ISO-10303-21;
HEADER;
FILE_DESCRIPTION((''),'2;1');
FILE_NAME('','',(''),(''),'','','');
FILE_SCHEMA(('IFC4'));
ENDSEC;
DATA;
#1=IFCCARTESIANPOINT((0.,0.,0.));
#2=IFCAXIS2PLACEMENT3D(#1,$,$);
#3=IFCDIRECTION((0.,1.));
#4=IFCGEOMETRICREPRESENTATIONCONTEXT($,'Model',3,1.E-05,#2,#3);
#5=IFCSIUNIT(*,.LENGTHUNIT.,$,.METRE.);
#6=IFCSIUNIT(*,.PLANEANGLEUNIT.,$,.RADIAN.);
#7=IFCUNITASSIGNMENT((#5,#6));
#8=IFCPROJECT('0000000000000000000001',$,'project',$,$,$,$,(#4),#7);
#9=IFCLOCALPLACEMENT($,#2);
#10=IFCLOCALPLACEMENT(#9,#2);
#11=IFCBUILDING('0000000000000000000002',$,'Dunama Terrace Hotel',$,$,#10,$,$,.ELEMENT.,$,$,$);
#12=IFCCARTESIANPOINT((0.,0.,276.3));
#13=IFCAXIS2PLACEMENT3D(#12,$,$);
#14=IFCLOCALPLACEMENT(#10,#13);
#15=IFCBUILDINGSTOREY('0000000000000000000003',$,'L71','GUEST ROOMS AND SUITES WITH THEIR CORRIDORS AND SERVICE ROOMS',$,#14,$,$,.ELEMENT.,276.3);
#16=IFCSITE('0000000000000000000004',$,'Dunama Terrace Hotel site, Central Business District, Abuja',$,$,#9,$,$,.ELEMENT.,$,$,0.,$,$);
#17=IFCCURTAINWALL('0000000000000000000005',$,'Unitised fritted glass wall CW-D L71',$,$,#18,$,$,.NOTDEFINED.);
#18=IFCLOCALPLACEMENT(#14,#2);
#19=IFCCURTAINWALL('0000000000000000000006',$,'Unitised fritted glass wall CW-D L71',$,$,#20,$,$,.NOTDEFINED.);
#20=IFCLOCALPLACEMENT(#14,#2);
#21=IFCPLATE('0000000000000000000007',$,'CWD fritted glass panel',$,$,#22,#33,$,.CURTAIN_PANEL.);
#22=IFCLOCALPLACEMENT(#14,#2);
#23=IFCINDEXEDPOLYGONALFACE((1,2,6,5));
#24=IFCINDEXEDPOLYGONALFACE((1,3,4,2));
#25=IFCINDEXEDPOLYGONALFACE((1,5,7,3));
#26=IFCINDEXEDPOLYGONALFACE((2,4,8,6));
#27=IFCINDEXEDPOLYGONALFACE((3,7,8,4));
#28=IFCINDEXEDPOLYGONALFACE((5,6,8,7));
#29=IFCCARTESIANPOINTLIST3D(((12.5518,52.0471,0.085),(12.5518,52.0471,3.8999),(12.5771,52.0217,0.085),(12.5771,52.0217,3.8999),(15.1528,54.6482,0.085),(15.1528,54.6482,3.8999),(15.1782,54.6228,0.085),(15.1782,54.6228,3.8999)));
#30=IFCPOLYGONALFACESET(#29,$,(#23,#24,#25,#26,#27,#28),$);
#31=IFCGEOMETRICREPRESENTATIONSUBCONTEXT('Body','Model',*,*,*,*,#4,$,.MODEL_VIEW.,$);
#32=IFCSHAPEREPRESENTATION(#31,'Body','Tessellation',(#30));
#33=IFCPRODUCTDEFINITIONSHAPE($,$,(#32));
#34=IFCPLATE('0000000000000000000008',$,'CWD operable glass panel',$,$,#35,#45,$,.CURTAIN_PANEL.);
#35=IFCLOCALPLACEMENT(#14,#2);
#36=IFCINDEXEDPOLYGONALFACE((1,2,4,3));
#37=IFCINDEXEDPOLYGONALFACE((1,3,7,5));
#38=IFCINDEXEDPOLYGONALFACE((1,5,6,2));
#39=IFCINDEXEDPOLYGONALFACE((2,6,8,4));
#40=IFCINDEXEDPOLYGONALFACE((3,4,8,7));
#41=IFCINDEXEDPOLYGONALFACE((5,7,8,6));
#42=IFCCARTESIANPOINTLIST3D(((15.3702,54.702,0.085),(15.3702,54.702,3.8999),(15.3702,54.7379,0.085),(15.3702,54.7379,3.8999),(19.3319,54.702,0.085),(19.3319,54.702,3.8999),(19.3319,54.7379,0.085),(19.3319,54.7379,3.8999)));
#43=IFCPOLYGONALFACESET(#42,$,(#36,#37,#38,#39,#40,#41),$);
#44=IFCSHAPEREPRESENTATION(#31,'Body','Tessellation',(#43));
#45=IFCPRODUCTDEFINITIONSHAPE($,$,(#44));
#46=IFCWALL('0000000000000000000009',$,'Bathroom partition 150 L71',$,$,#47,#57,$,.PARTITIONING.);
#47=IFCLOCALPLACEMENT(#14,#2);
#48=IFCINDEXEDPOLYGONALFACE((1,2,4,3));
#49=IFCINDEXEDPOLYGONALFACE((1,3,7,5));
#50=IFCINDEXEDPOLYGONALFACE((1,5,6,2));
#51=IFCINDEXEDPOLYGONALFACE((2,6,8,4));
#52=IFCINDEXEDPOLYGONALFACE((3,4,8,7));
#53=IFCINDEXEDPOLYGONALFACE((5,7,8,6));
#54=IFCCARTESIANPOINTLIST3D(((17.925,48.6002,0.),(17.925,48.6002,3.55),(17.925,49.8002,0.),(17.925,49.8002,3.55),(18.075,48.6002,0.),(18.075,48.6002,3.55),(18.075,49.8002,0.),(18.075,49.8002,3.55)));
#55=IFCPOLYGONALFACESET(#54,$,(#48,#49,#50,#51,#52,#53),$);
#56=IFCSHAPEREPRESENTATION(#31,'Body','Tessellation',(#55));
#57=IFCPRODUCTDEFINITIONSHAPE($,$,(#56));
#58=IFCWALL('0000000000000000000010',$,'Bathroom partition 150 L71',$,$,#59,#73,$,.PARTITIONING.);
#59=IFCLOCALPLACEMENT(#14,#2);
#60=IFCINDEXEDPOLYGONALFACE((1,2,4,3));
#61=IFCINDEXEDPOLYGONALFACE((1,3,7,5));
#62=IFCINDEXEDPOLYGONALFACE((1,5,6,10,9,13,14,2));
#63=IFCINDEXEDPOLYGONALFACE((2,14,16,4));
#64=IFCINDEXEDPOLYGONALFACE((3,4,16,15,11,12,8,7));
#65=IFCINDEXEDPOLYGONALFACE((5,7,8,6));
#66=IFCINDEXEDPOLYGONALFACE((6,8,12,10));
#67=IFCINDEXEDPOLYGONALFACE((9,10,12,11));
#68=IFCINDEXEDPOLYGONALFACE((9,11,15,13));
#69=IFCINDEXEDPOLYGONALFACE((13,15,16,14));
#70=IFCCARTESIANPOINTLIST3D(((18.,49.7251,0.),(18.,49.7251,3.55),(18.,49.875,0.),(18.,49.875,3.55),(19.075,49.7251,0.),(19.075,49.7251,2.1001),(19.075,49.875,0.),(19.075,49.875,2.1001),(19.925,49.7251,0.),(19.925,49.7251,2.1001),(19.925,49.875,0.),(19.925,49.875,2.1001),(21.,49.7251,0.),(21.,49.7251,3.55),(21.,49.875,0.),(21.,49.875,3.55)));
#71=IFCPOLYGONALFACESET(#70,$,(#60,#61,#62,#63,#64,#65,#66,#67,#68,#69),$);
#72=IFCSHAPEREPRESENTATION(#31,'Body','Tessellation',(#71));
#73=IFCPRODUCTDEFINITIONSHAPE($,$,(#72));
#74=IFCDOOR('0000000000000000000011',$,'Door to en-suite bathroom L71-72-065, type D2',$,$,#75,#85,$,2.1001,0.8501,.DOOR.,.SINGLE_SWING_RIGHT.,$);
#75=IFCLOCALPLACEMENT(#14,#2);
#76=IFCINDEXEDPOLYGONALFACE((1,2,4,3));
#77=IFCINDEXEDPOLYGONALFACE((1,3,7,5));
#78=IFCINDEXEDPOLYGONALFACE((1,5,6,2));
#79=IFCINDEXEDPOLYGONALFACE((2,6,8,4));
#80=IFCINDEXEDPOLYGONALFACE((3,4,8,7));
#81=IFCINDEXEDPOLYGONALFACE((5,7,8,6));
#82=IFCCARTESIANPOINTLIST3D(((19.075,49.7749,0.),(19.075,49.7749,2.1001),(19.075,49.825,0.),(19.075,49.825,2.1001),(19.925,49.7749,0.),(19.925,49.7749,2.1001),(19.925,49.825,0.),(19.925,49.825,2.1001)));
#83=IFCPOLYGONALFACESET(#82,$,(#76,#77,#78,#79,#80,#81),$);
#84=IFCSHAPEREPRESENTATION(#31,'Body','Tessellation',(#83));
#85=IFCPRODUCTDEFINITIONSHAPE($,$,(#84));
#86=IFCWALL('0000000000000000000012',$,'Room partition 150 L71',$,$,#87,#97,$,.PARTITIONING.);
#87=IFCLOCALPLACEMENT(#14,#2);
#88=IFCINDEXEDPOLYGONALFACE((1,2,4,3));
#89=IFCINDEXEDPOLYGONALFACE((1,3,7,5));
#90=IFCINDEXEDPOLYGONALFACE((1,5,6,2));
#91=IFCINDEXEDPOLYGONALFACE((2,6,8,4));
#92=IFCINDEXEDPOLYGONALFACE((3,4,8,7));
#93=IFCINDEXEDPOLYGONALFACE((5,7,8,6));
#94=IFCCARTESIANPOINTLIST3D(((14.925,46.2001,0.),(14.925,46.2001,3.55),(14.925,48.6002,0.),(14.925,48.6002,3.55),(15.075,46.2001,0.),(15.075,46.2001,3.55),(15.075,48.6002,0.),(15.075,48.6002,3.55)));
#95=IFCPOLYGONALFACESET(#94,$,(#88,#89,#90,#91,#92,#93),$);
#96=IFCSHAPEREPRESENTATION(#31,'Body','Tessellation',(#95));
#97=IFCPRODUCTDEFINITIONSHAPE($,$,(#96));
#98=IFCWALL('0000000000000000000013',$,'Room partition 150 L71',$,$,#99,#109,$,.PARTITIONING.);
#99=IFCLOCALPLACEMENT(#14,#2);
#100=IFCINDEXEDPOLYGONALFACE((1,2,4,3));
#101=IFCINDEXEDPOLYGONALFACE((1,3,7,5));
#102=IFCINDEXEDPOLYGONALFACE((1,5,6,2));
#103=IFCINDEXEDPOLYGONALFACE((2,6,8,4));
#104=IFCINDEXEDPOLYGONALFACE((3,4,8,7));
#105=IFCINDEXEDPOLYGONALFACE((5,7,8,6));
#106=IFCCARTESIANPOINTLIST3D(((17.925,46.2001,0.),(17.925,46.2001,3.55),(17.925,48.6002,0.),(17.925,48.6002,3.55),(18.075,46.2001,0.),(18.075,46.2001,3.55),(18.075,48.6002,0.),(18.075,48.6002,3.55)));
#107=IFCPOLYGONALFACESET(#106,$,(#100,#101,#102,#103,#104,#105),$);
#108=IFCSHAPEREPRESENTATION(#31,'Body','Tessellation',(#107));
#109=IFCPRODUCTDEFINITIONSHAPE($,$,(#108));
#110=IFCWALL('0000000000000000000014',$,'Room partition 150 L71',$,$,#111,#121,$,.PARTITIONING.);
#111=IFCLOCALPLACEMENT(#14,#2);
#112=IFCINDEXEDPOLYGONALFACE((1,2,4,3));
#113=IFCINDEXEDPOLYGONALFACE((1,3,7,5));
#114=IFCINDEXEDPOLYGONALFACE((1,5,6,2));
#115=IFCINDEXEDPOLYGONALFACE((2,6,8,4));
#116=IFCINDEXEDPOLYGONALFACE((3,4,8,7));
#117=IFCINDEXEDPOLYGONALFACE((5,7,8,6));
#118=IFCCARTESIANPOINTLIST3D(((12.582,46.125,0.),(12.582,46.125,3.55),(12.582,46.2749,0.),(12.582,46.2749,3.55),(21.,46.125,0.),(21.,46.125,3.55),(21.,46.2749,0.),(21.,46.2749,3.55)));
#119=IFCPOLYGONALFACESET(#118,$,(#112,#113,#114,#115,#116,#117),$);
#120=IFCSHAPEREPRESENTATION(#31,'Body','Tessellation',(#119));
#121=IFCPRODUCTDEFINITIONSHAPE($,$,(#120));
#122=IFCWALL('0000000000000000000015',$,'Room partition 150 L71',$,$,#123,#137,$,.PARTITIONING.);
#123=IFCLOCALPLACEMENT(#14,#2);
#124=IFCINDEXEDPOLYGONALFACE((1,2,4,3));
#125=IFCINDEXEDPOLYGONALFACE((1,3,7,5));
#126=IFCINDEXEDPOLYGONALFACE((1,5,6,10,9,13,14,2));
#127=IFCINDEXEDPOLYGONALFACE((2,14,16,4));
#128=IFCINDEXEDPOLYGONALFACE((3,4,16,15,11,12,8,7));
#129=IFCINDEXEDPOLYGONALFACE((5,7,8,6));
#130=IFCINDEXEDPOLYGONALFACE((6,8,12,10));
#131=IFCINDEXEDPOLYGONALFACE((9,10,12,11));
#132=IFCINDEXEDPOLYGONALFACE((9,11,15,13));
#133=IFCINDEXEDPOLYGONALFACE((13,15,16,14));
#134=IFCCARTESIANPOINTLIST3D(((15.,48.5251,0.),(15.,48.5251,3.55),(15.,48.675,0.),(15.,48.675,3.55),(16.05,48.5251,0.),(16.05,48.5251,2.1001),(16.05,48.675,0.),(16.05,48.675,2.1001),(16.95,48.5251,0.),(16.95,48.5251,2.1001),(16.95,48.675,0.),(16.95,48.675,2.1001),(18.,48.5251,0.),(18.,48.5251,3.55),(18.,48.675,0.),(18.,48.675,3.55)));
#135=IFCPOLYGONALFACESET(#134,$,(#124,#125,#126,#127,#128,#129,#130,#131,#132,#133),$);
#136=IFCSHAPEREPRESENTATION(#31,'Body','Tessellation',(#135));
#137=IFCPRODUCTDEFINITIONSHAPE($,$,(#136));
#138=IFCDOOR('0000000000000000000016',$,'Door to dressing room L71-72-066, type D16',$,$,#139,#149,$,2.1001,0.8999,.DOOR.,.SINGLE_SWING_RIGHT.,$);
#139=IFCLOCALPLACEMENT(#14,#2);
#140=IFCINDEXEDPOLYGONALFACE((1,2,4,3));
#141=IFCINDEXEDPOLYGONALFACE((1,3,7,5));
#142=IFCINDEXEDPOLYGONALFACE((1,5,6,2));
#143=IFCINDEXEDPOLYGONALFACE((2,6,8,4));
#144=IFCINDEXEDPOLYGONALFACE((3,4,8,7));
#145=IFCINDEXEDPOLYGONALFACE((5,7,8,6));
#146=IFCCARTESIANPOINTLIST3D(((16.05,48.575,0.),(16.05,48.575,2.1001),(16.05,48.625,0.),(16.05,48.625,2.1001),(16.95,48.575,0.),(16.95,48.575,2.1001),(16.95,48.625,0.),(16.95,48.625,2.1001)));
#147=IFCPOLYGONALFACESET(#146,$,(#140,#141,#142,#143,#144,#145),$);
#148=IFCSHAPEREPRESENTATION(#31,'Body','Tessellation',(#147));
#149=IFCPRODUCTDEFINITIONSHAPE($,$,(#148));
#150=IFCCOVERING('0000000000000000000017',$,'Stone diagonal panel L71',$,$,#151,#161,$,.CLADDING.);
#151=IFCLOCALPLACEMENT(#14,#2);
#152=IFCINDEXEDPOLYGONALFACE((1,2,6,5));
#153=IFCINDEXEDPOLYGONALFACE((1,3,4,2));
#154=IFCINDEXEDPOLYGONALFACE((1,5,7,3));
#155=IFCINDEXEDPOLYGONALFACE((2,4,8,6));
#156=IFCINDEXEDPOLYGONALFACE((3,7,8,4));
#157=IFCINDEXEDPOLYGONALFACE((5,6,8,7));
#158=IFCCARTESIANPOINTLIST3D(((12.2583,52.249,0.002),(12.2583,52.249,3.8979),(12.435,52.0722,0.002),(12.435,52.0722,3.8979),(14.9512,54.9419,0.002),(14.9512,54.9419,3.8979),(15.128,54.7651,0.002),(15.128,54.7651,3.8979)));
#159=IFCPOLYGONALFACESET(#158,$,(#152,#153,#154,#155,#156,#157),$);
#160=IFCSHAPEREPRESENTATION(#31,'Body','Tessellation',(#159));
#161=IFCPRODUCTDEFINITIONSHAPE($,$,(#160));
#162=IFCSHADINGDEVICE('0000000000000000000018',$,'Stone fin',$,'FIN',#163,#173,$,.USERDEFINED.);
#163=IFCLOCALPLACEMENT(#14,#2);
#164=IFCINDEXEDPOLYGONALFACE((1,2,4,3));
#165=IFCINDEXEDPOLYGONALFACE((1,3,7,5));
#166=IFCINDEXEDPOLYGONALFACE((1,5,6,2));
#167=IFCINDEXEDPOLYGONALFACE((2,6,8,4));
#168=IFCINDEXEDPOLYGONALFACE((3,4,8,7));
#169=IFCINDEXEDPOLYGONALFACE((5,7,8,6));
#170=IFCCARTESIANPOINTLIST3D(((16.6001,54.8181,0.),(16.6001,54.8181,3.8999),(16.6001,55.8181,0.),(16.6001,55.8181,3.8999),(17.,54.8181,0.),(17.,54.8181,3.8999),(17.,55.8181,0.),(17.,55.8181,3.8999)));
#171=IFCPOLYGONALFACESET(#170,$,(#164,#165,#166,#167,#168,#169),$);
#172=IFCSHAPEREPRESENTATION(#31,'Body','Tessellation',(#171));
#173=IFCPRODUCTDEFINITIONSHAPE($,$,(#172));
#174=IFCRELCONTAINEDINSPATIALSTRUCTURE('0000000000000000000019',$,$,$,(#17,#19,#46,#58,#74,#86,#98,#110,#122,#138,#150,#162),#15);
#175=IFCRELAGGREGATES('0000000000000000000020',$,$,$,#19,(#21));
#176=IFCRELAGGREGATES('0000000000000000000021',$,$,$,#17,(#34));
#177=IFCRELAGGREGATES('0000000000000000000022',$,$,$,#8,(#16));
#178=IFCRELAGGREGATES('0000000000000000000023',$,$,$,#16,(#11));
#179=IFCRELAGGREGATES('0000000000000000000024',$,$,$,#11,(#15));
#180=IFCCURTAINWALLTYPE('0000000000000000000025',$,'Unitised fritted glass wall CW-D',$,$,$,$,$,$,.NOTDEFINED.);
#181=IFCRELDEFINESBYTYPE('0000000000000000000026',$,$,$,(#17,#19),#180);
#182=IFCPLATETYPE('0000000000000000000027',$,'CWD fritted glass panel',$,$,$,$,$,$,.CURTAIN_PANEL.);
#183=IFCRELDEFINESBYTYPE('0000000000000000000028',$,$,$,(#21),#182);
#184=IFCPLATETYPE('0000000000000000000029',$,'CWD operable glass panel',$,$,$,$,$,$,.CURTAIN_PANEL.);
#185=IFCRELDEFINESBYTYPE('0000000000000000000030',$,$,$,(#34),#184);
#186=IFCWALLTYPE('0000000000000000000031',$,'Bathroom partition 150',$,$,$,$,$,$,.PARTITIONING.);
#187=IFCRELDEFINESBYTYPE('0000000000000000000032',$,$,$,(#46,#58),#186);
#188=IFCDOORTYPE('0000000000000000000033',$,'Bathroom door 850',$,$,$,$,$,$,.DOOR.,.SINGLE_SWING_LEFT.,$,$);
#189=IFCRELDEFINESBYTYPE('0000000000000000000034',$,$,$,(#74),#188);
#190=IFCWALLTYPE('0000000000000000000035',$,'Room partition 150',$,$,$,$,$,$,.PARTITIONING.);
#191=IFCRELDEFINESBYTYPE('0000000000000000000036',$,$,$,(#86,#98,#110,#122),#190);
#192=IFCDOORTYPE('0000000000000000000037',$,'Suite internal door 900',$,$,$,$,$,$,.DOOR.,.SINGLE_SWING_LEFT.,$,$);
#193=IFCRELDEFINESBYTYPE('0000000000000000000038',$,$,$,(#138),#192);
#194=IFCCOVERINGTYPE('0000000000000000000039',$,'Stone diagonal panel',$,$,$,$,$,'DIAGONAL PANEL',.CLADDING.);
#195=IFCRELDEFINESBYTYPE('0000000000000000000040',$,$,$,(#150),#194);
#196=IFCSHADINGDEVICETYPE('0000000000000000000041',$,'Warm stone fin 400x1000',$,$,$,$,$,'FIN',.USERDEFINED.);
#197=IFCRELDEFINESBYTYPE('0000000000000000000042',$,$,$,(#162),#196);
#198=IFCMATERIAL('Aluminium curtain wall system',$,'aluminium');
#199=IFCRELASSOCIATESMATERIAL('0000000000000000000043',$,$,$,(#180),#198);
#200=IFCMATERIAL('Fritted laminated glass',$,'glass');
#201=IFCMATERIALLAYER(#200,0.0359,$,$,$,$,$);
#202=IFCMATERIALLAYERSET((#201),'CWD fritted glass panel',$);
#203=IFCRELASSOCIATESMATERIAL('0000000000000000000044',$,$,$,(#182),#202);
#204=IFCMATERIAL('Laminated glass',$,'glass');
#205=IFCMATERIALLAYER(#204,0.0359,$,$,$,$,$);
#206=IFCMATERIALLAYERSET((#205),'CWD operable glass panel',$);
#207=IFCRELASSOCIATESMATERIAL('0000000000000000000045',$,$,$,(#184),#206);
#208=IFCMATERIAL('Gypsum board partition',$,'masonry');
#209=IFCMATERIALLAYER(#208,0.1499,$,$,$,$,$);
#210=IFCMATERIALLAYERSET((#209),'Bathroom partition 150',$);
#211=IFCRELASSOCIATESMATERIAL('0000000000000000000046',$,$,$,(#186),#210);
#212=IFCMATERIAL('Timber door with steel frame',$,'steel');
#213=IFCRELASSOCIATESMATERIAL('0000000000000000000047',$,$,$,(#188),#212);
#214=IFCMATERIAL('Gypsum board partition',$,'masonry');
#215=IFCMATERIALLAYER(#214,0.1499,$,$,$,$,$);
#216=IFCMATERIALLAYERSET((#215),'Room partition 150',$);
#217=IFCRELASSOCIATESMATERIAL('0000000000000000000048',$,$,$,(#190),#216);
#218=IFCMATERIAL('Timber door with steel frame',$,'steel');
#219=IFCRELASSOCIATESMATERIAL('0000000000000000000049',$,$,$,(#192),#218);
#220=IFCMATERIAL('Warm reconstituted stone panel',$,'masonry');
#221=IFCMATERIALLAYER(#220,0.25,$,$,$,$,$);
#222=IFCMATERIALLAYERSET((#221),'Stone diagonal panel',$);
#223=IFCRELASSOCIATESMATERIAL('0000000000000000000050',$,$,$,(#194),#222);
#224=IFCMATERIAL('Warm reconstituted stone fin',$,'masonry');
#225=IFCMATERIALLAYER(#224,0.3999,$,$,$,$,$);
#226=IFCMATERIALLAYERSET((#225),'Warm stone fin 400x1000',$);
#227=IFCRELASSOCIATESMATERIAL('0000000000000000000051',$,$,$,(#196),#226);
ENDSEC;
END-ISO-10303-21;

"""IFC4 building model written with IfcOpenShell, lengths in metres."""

from ifc_helpers import new_model, si_unit, direction, frame, frame_2d, origin, origin_2d, place, context, subcontext, project, spatial, rectangle, extrude, material, layer, layer_set, type_object, element, fill, aggregate, save


model = new_model("IFC4")

# Units and contexts
model_context = context("Model", 3, precision=1e-05, world=origin(), true_north=direction((0.0, 1.0)))
body_context = subcontext(model_context, "Body", "Model", "MODEL_VIEW")
ifc_project = project(units=[si_unit("LENGTHUNIT", "METRE"), si_unit("PLANEANGLEUNIT", "RADIAN")], contexts=[model_context])

# Site, building, storey
site_placement = place(None, origin())
site = spatial("IfcSite", under=ifc_project, at=site_placement, Name="Dunama Terrace Hotel site, Central Business District, Abuja", CompositionType="ELEMENT", RefElevation=0.0)
building_placement = place(site_placement, origin())
building = spatial("IfcBuilding", under=site, at=building_placement, Name="Dunama Terrace Hotel", CompositionType="ELEMENT")
storey_placement = place(building_placement, frame((0.0, 0.0, 276.3)))
storey = spatial("IfcBuildingStorey", under=building, at=storey_placement, Name="L71", Description="GUEST ROOMS AND SUITES WITH THEIR CORRIDORS AND SERVICE ROOMS", CompositionType="ELEMENT", Elevation=276.3)

# Curtain wall
ifc_material_1 = material(Name="Aluminium curtain wall system", Category="aluminium")
curtain_wall_type = type_object("IfcCurtainWallType", Name="Unitised fritted glass wall CW-D", PredefinedType="NOTDEFINED", material=ifc_material_1)
curtain_wall_1_placement = place(storey_placement, origin())
curtain_wall_1 = element("IfcCurtainWall", 1, at=curtain_wall_1_placement, inside=storey, type_object=curtain_wall_type, Name="Unitised fritted glass wall CW-D L71", PredefinedType="NOTDEFINED")

# Curtain wall
curtain_wall_2_placement = place(storey_placement, origin())
curtain_wall_2 = element("IfcCurtainWall", 2, at=curtain_wall_2_placement, inside=storey, type_object=curtain_wall_type, Name="Unitised fritted glass wall CW-D L71", PredefinedType="NOTDEFINED")

# Plates
ifc_material_2 = material(Name="Fritted laminated glass", Category="glass")
ifc_layer_1 = layer(ifc_material_2, 0.0359)
ifc_layer_set_1 = layer_set([ifc_layer_1], Name="CWD fritted glass panel")
plate_type_1 = type_object("IfcPlateType", Name="CWD fritted glass panel", PredefinedType="CURTAIN_PANEL", material=ifc_layer_set_1)
plate_1_placement = place(storey_placement, frame((13.865, 53.335, 0.085), z_axis=(0.0, 0.0, 1.0), x_axis=(-0.707107, -0.707107, 0.0)))
plate_1 = element("IfcPlate", 3, at=plate_1_placement, type_object=plate_type_1, Name="CWD fritted glass panel", PredefinedType="CURTAIN_PANEL", context=body_context, shape_type="SweptSolid", body=[
    extrude(rectangle(XDim=3.6785, YDim=0.0359, at=origin_2d()), origin(), (0.0, 0.0, 1.0), 3.8149),
])
aggregate(curtain_wall_2, [plate_1])
ifc_material_3 = material(Name="Laminated glass", Category="glass")
ifc_layer_2 = layer(ifc_material_3, 0.0359)
ifc_layer_set_2 = layer_set([ifc_layer_2], Name="CWD operable glass panel")
plate_type_2 = type_object("IfcPlateType", Name="CWD operable glass panel", PredefinedType="CURTAIN_PANEL", material=ifc_layer_set_2)
plate_2_placement = place(storey_placement, frame((17.3511, 54.72, 0.085), z_axis=(0.0, 0.0, 1.0), x_axis=(-1.0, 0.0, 0.0)))
plate_2 = element("IfcPlate", 4, at=plate_2_placement, type_object=plate_type_2, Name="CWD operable glass panel", PredefinedType="CURTAIN_PANEL", context=body_context, shape_type="SweptSolid", body=[
    extrude(rectangle(XDim=3.9617, YDim=0.0359, at=origin_2d()), origin(), (0.0, 0.0, 1.0), 3.8149),
])
aggregate(curtain_wall_1, [plate_2])

# Wall
ifc_material_4 = material(Name="Gypsum board partition", Category="masonry")
ifc_layer_3 = layer(ifc_material_4, 0.1499)
ifc_layer_set_3 = layer_set([ifc_layer_3], Name="Bathroom partition 150")
wall_type_1 = type_object("IfcWallType", Name="Bathroom partition 150", PredefinedType="PARTITIONING", material=ifc_layer_set_3)
wall_1_placement = place(storey_placement, frame((18.0, 48.6001, 0.0), z_axis=(0.0, 0.0, 1.0), x_axis=(0.0, 1.0, 0.0)))
element("IfcWall", 5, at=wall_1_placement, inside=storey, type_object=wall_type_1, Name="Bathroom partition 150 L71", PredefinedType="PARTITIONING", context=body_context, shape_type="SweptSolid", body=[
    extrude(rectangle(XDim=1.2, YDim=0.1499, at=frame_2d((0.6001, 0.0))), origin(), (0.0, 0.0, 1.0), 3.55),
])

# Wall, opening, door
wall_2_placement = place(storey_placement, frame((18.0, 49.8, 0.0), z_axis=(0.0, 0.0, 1.0), x_axis=(1.0, 0.0, 0.0)))
wall_2 = element("IfcWall", 6, at=wall_2_placement, inside=storey, type_object=wall_type_1, Name="Bathroom partition 150 L71", PredefinedType="PARTITIONING", context=body_context, shape_type="SweptSolid", body=[
    extrude(rectangle(XDim=3.0, YDim=0.1499, at=frame_2d((1.5, 0.0))), origin(), (0.0, 0.0, 1.0), 3.55),
])
opening_1_placement = place(wall_2_placement, frame((1.075, 0.0, 0.0)))
opening_1 = element("IfcOpeningElement", 7, at=opening_1_placement, cuts=wall_2, PredefinedType="OPENING", context=body_context, shape_type="SweptSolid", body=[
    extrude(rectangle(XDim=0.8501, YDim=2.1001, at=frame_2d((0.425, 1.05))), frame((0.0, 0.085, 0.0), z_axis=(0.0, -1.0, 0.0), x_axis=(1.0, 0.0, 0.0)), (0.0, 0.0, 1.0), 0.1699),
])
ifc_material_5 = material(Name="Timber door with steel frame", Category="steel")
door_type_1 = type_object("IfcDoorType", Name="Bathroom door 850", OperationType="SINGLE_SWING_LEFT", PredefinedType="DOOR", material=ifc_material_5)
door_1_placement = place(opening_1_placement, frame((0.8501, 0.0, 0.0), z_axis=(0.0, 0.0, 1.0), x_axis=(-1.0, 0.0, 0.0)))
door_1 = element("IfcDoor", 8, at=door_1_placement, inside=storey, type_object=door_type_1, Name="Door to en-suite bathroom L71-72-065, type D2", OperationType="SINGLE_SWING_RIGHT", OverallHeight=2.1001, OverallWidth=0.8501, PredefinedType="DOOR", context=body_context, shape_type="SweptSolid", body=[
    extrude(rectangle(XDim=0.8501, YDim=2.1001, at=frame_2d((0.425, 1.05))), frame((0.0, 0.0251, 0.0), z_axis=(0.0, -1.0, 0.0), x_axis=(1.0, 0.0, 0.0)), (0.0, 0.0, 1.0), 0.05),
])
fill(opening_1, door_1)

# Walls
ifc_material_6 = material(Name="Gypsum board partition", Category="masonry")
ifc_layer_4 = layer(ifc_material_6, 0.1499)
ifc_layer_set_4 = layer_set([ifc_layer_4], Name="Room partition 150")
wall_type_2 = type_object("IfcWallType", Name="Room partition 150", PredefinedType="PARTITIONING", material=ifc_layer_set_4)
for number, where, z_axis, x_axis, name in (
    (9, (15.0, 46.2, 0.0), (0.0, 0.0, 1.0), (0.0, 1.0, 0.0), "Room partition 150 L71"),
    (10, (18.0, 46.2, 0.0), (0.0, 0.0, 1.0), (0.0, 1.0, 0.0), "Room partition 150 L71"),
):
    element("IfcWall", number, at=place(storey_placement, frame(where, z_axis=z_axis, x_axis=x_axis)), inside=storey, type_object=wall_type_2, Name=name, PredefinedType="PARTITIONING", context=body_context, shape_type="SweptSolid", body=[
        extrude(rectangle(XDim=2.4001, YDim=0.1499, at=frame_2d((1.2002, 0.0))), origin(), (0.0, 0.0, 1.0), 3.55),
    ])
wall_3_placement = place(storey_placement, frame((12.582, 46.2, 0.0), z_axis=(0.0, 0.0, 1.0), x_axis=(1.0, 0.0, 0.0)))
element("IfcWall", 11, at=wall_3_placement, inside=storey, type_object=wall_type_2, Name="Room partition 150 L71", PredefinedType="PARTITIONING", context=body_context, shape_type="SweptSolid", body=[
    extrude(rectangle(XDim=8.418, YDim=0.1499, at=frame_2d((4.209, 0.0))), origin(), (0.0, 0.0, 1.0), 3.55),
])

# Wall, opening, door
wall_4_placement = place(storey_placement, frame((15.0, 48.6001, 0.0), z_axis=(0.0, 0.0, 1.0), x_axis=(1.0, 0.0, 0.0)))
wall_4 = element("IfcWall", 12, at=wall_4_placement, inside=storey, type_object=wall_type_2, Name="Room partition 150 L71", PredefinedType="PARTITIONING", context=body_context, shape_type="SweptSolid", body=[
    extrude(rectangle(XDim=3.0, YDim=0.1499, at=frame_2d((1.5, 0.0))), origin(), (0.0, 0.0, 1.0), 3.55),
])
opening_2_placement = place(wall_4_placement, frame((1.05, 0.0, 0.0)))
opening_2 = element("IfcOpeningElement", 13, at=opening_2_placement, cuts=wall_4, PredefinedType="OPENING", context=body_context, shape_type="SweptSolid", body=[
    extrude(rectangle(XDim=0.8999, YDim=2.1001, at=frame_2d((0.45, 1.05))), frame((0.0, 0.085, 0.0), z_axis=(0.0, -1.0, 0.0), x_axis=(1.0, 0.0, 0.0)), (0.0, 0.0, 1.0), 0.1699),
])
ifc_material_7 = material(Name="Timber door with steel frame", Category="steel")
door_type_2 = type_object("IfcDoorType", Name="Suite internal door 900", OperationType="SINGLE_SWING_LEFT", PredefinedType="DOOR", material=ifc_material_7)
door_2_placement = place(opening_2_placement, frame((0.8999, 0.0, 0.0), z_axis=(0.0, 0.0, 1.0), x_axis=(-1.0, 0.0, 0.0)))
door_2 = element("IfcDoor", 14, at=door_2_placement, inside=storey, type_object=door_type_2, Name="Door to dressing room L71-72-066, type D16", OperationType="SINGLE_SWING_RIGHT", OverallHeight=2.1001, OverallWidth=0.8999, PredefinedType="DOOR", context=body_context, shape_type="SweptSolid", body=[
    extrude(rectangle(XDim=0.8999, YDim=2.1001, at=frame_2d((0.45, 1.05))), frame((0.0, 0.0251, 0.0), z_axis=(0.0, -1.0, 0.0), x_axis=(1.0, 0.0, 0.0)), (0.0, 0.0, 1.0), 0.05),
])
fill(opening_2, door_2)

# Covering
ifc_material_8 = material(Name="Warm reconstituted stone panel", Category="masonry")
ifc_layer_5 = layer(ifc_material_8, 0.25)
ifc_layer_set_5 = layer_set([ifc_layer_5], Name="Stone diagonal panel")
covering_type = type_object("IfcCoveringType", Name="Stone diagonal panel", ElementType="DIAGONAL PANEL", PredefinedType="CLADDING", material=ifc_layer_set_5)
covering_placement = place(storey_placement, frame((13.6931, 53.5071, 0.002), z_axis=(0.0, 0.0, 1.0), x_axis=(-0.707107, -0.707107, 0.0)))
element("IfcCovering", 15, at=covering_placement, inside=storey, type_object=covering_type, Name="Stone diagonal panel L71", PredefinedType="CLADDING", context=body_context, shape_type="SweptSolid", body=[
    extrude(rectangle(XDim=3.8083, YDim=0.25, at=origin_2d()), origin(), (0.0, 0.0, 1.0), 3.896),
])

# Shading device
ifc_material_9 = material(Name="Warm reconstituted stone fin", Category="masonry")
ifc_layer_6 = layer(ifc_material_9, 0.3999)
ifc_layer_set_6 = layer_set([ifc_layer_6], Name="Warm stone fin 400x1000")
shading_device_type = type_object("IfcShadingDeviceType", Name="Warm stone fin 400x1000", ElementType="FIN", PredefinedType="USERDEFINED", material=ifc_layer_set_6)
shading_device_placement = place(storey_placement, frame((16.8, 55.3181, 0.0), z_axis=(0.0, 0.0, 1.0), x_axis=(-1.0, 0.0, 0.0)))
element("IfcShadingDevice", 16, at=shading_device_placement, inside=storey, type_object=shading_device_type, Name="Stone fin", ObjectType="FIN", PredefinedType="USERDEFINED", context=body_context, shape_type="SweptSolid", body=[
    extrude(rectangle(XDim=0.3999, YDim=1.0, at=origin_2d()), origin(), (0.0, 0.0, 1.0), 3.8999),
])

save(model, "model.ifc")
